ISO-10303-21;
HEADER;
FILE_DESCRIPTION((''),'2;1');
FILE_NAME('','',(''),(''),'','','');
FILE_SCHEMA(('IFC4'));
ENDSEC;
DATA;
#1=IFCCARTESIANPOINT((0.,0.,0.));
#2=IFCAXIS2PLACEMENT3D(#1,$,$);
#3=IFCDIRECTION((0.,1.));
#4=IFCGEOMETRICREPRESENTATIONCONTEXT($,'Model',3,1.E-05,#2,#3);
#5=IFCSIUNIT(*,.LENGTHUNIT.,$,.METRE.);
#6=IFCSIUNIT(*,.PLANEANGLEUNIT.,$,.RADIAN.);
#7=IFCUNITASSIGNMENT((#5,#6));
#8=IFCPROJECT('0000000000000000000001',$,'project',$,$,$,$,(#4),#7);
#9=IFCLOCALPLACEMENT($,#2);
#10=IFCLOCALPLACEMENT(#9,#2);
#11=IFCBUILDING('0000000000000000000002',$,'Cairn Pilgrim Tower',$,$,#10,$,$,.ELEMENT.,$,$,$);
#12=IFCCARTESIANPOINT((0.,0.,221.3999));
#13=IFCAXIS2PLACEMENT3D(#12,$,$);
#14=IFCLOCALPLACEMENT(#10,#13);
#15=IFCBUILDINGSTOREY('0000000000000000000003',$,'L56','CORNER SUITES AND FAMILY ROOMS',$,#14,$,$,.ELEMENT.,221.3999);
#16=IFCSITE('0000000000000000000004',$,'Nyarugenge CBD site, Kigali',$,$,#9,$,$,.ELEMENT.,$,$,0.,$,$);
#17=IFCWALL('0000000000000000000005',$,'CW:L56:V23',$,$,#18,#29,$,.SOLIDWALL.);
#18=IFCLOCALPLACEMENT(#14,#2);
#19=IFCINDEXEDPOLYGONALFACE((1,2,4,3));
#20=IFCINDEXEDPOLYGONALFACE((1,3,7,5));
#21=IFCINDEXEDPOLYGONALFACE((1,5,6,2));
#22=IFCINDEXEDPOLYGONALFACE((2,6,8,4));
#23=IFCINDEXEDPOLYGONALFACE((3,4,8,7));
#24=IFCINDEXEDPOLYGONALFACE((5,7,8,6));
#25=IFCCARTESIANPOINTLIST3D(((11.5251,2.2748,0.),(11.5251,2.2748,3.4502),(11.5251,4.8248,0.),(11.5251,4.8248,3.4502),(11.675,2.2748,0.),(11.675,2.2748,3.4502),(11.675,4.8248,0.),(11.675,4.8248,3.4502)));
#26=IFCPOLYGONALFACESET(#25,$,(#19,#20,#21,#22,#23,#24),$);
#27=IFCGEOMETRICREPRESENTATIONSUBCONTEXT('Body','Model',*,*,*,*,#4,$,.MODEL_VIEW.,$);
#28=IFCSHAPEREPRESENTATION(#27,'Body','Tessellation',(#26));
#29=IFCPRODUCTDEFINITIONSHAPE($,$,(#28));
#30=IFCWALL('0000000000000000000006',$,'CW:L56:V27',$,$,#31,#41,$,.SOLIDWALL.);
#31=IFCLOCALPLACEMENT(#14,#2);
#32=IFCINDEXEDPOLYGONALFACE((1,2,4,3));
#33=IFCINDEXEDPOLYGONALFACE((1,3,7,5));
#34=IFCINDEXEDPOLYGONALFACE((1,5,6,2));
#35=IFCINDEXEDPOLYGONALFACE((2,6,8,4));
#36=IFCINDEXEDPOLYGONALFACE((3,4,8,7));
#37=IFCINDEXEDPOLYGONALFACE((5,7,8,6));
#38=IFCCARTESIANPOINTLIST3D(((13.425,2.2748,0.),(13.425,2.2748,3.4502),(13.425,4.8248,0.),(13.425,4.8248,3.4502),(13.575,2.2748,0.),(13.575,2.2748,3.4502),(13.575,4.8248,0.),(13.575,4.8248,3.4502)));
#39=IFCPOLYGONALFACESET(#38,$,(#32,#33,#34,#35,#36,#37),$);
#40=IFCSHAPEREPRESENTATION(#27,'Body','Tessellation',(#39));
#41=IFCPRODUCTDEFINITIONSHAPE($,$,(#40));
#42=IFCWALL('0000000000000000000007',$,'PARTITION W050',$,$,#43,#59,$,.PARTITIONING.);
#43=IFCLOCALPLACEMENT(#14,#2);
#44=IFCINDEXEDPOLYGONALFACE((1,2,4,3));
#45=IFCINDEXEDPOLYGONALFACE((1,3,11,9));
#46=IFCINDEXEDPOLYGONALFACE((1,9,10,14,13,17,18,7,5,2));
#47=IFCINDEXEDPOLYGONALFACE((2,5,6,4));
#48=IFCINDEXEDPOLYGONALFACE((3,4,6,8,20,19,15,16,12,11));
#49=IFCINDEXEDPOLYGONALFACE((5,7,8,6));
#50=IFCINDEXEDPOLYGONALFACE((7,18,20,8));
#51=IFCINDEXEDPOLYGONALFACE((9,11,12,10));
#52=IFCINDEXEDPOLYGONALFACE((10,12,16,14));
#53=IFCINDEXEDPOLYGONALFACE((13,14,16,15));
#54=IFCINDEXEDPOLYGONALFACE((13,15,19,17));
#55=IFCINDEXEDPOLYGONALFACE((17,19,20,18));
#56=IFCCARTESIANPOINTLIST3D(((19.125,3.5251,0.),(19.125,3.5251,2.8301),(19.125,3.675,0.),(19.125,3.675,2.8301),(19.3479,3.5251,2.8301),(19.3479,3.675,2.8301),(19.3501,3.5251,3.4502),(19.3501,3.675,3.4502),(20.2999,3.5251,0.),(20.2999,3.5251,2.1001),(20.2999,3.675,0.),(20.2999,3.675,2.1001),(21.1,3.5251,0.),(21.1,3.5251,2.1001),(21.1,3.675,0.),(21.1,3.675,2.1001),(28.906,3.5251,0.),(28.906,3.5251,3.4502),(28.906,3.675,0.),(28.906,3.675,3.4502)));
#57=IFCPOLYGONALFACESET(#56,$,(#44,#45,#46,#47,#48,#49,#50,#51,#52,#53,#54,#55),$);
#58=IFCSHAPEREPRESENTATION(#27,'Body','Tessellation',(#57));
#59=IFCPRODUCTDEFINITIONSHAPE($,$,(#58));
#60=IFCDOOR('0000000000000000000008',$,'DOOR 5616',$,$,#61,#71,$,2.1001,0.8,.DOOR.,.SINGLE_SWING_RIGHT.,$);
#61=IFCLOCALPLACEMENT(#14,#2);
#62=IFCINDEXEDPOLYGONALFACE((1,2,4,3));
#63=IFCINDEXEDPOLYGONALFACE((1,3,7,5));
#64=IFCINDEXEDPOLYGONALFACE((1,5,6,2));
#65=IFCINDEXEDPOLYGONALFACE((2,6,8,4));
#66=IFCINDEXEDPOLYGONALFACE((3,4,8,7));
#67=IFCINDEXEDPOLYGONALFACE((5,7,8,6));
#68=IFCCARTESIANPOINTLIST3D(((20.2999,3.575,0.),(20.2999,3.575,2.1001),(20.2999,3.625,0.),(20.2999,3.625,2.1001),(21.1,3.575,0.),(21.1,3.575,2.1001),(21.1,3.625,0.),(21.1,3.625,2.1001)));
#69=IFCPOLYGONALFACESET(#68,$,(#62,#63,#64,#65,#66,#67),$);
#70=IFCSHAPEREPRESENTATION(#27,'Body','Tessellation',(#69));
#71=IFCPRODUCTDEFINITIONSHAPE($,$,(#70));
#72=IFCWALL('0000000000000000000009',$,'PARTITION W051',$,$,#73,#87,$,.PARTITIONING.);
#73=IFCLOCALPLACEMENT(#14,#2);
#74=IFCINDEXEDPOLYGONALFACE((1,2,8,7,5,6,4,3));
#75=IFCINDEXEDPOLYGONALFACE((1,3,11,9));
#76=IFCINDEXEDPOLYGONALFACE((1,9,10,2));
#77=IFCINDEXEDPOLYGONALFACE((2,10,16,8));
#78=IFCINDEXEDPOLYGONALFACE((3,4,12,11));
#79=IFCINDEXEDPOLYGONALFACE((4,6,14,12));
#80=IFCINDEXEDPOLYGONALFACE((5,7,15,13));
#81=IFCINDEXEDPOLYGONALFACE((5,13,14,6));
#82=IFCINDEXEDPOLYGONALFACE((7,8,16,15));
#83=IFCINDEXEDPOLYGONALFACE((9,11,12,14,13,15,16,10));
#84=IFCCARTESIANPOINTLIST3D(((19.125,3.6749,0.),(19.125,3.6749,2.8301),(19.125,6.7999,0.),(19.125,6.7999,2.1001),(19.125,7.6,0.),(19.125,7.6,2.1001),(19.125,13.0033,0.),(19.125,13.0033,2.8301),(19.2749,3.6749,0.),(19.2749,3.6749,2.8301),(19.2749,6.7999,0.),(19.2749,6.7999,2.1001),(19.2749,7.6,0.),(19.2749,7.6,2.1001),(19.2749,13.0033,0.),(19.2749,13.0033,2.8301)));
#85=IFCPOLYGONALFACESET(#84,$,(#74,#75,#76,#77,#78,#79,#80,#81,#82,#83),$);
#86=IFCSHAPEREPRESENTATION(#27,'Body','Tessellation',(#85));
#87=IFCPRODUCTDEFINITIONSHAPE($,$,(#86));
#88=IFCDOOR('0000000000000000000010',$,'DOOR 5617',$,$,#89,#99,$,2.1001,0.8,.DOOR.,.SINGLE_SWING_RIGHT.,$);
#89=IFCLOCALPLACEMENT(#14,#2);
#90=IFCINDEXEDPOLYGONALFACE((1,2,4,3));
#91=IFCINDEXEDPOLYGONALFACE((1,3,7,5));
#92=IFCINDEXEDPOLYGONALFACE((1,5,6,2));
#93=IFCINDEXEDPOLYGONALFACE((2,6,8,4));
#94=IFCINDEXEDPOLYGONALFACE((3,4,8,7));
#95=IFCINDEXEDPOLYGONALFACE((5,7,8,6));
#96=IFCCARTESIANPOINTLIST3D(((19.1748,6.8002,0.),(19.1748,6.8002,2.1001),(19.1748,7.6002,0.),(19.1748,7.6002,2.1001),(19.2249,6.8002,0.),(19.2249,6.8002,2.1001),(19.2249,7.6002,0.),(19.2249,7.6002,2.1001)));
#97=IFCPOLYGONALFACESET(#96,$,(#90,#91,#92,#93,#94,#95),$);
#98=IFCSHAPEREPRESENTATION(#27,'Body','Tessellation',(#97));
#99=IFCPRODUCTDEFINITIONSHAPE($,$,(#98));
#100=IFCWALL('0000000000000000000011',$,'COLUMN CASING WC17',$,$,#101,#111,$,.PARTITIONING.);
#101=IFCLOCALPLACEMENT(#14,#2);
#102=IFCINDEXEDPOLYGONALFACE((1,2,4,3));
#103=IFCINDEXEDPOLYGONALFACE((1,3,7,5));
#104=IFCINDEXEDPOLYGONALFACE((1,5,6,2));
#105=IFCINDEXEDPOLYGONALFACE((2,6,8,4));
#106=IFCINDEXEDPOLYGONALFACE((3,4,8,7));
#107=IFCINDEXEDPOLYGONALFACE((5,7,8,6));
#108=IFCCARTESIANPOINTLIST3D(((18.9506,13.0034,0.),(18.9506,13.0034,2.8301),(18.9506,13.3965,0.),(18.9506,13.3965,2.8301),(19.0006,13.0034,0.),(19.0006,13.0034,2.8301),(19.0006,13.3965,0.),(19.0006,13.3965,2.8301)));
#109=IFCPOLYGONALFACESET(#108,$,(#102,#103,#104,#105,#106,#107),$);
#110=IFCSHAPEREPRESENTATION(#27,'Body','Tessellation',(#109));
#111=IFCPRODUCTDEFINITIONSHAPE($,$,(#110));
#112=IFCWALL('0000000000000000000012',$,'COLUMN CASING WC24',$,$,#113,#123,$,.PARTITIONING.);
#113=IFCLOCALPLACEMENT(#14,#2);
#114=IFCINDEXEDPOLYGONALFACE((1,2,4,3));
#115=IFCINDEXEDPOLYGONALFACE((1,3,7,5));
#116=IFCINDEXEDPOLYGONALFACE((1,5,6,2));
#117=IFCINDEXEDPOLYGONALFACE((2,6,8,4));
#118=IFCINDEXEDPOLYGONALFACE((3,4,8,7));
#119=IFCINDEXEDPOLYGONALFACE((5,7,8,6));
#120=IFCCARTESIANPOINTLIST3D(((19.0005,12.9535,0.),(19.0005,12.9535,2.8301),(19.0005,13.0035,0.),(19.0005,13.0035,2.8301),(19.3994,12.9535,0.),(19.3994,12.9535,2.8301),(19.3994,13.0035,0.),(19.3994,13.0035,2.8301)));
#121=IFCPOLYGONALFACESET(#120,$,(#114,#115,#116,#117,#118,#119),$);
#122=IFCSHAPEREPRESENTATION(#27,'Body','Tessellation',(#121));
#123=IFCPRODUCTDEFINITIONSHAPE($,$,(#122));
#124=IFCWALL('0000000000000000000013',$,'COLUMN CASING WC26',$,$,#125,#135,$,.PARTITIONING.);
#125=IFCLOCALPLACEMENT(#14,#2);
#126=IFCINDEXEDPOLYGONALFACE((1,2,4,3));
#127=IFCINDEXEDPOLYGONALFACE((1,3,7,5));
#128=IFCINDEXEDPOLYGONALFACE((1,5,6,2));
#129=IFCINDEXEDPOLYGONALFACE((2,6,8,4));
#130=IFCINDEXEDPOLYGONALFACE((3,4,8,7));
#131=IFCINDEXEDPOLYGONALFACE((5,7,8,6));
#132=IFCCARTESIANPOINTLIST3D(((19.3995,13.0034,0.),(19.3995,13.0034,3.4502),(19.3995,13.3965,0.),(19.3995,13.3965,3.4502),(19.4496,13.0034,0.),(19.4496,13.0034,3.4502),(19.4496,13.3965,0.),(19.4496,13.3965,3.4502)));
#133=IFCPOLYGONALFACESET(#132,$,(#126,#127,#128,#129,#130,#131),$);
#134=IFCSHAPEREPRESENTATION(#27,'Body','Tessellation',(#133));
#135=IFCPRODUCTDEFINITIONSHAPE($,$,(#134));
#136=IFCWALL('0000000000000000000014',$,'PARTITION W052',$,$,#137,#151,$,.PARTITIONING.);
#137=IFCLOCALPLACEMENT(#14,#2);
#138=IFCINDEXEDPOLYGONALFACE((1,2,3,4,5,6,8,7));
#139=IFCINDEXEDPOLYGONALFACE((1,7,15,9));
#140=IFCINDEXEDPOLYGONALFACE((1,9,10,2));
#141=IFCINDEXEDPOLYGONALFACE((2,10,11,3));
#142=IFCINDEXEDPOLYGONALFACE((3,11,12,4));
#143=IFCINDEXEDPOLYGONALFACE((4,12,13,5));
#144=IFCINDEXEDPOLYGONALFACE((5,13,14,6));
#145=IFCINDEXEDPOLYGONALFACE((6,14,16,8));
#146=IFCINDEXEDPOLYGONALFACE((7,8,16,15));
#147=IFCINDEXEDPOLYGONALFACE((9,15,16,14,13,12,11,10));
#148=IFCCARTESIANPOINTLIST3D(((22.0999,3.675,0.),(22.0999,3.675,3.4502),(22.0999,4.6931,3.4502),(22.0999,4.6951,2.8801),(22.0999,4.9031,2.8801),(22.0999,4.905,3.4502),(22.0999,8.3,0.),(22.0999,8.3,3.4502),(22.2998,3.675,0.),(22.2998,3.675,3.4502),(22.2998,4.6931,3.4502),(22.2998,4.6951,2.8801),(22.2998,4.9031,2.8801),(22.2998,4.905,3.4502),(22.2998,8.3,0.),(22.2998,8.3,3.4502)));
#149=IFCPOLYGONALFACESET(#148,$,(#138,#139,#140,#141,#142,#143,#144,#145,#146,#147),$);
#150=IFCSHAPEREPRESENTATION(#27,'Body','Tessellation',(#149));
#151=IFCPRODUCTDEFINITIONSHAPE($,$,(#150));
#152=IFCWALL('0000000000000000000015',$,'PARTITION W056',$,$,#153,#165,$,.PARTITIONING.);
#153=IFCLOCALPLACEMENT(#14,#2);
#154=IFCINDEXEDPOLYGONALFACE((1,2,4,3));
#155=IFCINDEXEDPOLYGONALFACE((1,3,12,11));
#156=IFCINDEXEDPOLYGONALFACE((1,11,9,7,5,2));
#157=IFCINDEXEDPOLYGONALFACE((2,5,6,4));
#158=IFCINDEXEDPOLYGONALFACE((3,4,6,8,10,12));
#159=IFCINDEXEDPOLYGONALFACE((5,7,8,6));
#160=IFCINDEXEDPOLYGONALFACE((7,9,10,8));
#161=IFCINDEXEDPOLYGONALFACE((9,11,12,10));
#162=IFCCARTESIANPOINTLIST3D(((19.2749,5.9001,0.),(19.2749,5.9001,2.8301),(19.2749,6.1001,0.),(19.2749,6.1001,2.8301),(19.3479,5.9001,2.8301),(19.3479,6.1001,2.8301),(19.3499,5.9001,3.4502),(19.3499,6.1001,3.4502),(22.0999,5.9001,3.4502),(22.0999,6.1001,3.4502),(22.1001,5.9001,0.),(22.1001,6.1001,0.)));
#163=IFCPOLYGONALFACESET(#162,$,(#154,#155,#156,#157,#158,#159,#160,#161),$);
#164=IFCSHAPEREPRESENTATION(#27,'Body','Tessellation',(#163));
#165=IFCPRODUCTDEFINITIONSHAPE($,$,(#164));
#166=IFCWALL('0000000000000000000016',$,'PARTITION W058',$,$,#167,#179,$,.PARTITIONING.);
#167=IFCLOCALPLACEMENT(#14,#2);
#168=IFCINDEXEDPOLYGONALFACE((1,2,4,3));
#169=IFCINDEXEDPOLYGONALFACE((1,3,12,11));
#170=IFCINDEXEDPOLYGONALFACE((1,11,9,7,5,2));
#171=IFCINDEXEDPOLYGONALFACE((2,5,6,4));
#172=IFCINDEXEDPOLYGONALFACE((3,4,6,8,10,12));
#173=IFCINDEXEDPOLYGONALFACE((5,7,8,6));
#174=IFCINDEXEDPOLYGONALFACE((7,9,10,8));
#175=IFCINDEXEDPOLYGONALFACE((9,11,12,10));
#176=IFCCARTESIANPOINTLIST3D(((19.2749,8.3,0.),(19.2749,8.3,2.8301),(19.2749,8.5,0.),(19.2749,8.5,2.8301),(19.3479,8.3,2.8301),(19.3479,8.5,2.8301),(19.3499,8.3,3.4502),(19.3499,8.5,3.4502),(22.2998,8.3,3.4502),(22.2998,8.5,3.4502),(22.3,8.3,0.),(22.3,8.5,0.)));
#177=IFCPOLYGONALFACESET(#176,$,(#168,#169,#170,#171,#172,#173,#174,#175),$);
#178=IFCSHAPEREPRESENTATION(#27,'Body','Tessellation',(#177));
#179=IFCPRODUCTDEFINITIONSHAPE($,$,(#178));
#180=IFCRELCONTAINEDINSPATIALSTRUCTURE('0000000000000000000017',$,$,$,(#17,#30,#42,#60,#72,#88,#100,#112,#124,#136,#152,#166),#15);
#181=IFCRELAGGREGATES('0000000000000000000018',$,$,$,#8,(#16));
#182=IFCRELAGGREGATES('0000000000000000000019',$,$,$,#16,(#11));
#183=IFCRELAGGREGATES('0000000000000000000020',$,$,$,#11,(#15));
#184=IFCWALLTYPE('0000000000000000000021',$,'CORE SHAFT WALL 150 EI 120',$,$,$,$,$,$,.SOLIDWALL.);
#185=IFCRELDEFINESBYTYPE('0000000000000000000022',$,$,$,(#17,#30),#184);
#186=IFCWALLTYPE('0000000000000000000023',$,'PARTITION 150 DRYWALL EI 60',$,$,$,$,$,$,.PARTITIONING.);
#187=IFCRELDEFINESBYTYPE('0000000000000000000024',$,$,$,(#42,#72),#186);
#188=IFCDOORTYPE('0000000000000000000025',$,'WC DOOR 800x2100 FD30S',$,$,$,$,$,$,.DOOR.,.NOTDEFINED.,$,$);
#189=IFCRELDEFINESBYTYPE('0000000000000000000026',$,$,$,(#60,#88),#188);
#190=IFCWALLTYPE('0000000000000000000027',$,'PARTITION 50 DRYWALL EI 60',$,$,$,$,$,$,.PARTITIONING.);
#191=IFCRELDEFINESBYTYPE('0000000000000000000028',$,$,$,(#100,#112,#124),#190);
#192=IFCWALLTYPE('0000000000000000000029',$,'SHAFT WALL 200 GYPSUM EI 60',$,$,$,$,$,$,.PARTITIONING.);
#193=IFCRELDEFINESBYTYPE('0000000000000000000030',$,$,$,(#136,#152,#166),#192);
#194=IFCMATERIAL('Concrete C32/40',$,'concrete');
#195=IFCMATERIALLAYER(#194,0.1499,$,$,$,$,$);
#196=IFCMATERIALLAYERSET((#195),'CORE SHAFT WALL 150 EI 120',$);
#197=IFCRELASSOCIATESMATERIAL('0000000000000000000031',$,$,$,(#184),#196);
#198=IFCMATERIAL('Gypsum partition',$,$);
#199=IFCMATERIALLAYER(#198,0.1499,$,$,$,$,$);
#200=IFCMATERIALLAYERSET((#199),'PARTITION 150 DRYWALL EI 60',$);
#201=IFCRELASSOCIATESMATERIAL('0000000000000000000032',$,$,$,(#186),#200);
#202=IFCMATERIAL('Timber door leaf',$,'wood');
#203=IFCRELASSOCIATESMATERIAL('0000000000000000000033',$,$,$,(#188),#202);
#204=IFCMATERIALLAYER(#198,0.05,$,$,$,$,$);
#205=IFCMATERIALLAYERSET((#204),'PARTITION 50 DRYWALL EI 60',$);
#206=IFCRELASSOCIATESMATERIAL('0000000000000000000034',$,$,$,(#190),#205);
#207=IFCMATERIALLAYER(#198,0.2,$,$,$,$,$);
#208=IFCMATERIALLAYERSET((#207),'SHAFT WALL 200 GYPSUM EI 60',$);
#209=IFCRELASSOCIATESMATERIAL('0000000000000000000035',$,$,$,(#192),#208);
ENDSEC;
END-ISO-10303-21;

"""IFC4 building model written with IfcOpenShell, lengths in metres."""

from ifc_helpers import new_model, si_unit, direction, frame, frame_2d, origin, place, context, subcontext, project, spatial, polyline, rectangle, outline, extrude, material, layer, layer_set, type_object, element, fill, save


model = new_model("IFC4")

# Units and contexts
model_context = context("Model", 3, precision=1e-05, world=origin(), true_north=direction((0.0, 1.0)))
body_context = subcontext(model_context, "Body", "Model", "MODEL_VIEW")
ifc_project = project(units=[si_unit("LENGTHUNIT", "METRE"), si_unit("PLANEANGLEUNIT", "RADIAN")], contexts=[model_context])

# Site, building, storey
site_placement = place(None, origin())
site = spatial("IfcSite", under=ifc_project, at=site_placement, Name="Nyarugenge CBD site, Kigali", CompositionType="ELEMENT", RefElevation=0.0)
building_placement = place(site_placement, origin())
building = spatial("IfcBuilding", under=site, at=building_placement, Name="Cairn Pilgrim Tower", CompositionType="ELEMENT")
storey_placement = place(building_placement, frame((0.0, 0.0, 221.3999)))
storey = spatial("IfcBuildingStorey", under=building, at=storey_placement, Name="L56", Description="CORNER SUITES AND FAMILY ROOMS", CompositionType="ELEMENT", Elevation=221.3999)

# Shared definitions
ifc_material_1 = material(Name="Concrete C32/40", Category="concrete")

# Shared definitions
ifc_layer_1 = layer(ifc_material_1, 0.1499)
ifc_layer_set_1 = layer_set([ifc_layer_1], Name="CORE SHAFT WALL 150 EI 120")
wall_type_1 = type_object("IfcWallType", Name="CORE SHAFT WALL 150 EI 120", PredefinedType="SOLIDWALL", material=ifc_layer_set_1)

# Walls
for number, where, z_axis, x_axis, name in (
    (1, (11.6001, 2.2749, 0.0), (0.0, 0.0, 1.0), (0.0, 1.0, 0.0), "CW:L56:V23"),
    (2, (13.5, 2.2749, 0.0), (0.0, 0.0, 1.0), (0.0, 1.0, 0.0), "CW:L56:V27"),
):
    element("IfcWall", number, at=place(storey_placement, frame(where, z_axis=z_axis, x_axis=x_axis)), inside=storey, type_object=wall_type_1, Name=name, PredefinedType="SOLIDWALL", context=body_context, shape_type="SweptSolid", body=[
        extrude(rectangle(XDim=2.55, YDim=0.1499, at=frame_2d((1.2749, 0.0))), origin(), (0.0, 0.0, 1.0), 3.4502),
    ])

# Walls, openings, doors
ifc_material_2 = material(Name="Gypsum partition")
ifc_layer_2 = layer(ifc_material_2, 0.1499)
ifc_layer_set_2 = layer_set([ifc_layer_2], Name="PARTITION 150 DRYWALL EI 60")
wall_type_2 = type_object("IfcWallType", Name="PARTITION 150 DRYWALL EI 60", PredefinedType="PARTITIONING", material=ifc_layer_set_2)
wall_1_placement = place(storey_placement, frame((19.125, 3.6001, 0.0), z_axis=(0.0, 0.0, 1.0), x_axis=(1.0, 0.0, 0.0)))
wall_1 = element("IfcWall", 3, at=wall_1_placement, inside=storey, type_object=wall_type_2, Name="PARTITION W050", PredefinedType="PARTITIONING", context=body_context, shape_type="SweptSolid", body=[
    extrude(outline(polyline([(0.0, 0.0), (9.781, 0.0), (9.781, 3.4502), (0.2251, 3.4502), (0.2229, 2.8301), (0.0, 2.8301), (0.0, 0.0)])), frame((0.0, 0.075, 0.0), z_axis=(0.0, -1.0, 0.0), x_axis=(1.0, 0.0, 0.0)), (0.0, 0.0, 1.0), 0.1499),
])
opening_1_placement = place(wall_1_placement, frame((1.175, 0.0, 0.0)))
opening_1 = element("IfcOpeningElement", 4, at=opening_1_placement, cuts=wall_1, PredefinedType="OPENING", context=body_context, shape_type="SweptSolid", body=[
    extrude(rectangle(XDim=0.8, YDim=2.1001, at=frame_2d((0.3999, 1.05))), frame((0.0, 0.085, 0.0), z_axis=(0.0, -1.0, 0.0), x_axis=(1.0, 0.0, 0.0)), (0.0, 0.0, 1.0), 0.1699),
])
ifc_material_3 = material(Name="Timber door leaf", Category="wood")
door_type_1 = type_object("IfcDoorType", Name="WC DOOR 800x2100 FD30S", OperationType="NOTDEFINED", PredefinedType="DOOR", material=ifc_material_3)
door_1_placement = place(opening_1_placement, origin())
door_1 = element("IfcDoor", 5, at=door_1_placement, inside=storey, type_object=door_type_1, Name="DOOR 5616", OperationType="SINGLE_SWING_RIGHT", OverallHeight=2.1001, OverallWidth=0.8, PredefinedType="DOOR", context=body_context, shape_type="SweptSolid", body=[
    extrude(rectangle(XDim=0.8, YDim=2.1001, at=frame_2d((0.3999, 1.05))), frame((0.0, 0.0249, 0.0), z_axis=(0.0, -1.0, 0.0), x_axis=(1.0, 0.0, 0.0)), (0.0, 0.0, 1.0), 0.05),
])
fill(opening_1, door_1)
wall_2_placement = place(storey_placement, frame((19.2, 3.675, 0.0), z_axis=(0.0, 0.0, 1.0), x_axis=(0.0, 1.0, 0.0)))
wall_2 = element("IfcWall", 6, at=wall_2_placement, inside=storey, type_object=wall_type_2, Name="PARTITION W051", PredefinedType="PARTITIONING", context=body_context, shape_type="SweptSolid", body=[
    extrude(rectangle(XDim=9.3284, YDim=0.1499, at=frame_2d((4.6641, 0.0))), origin(), (0.0, 0.0, 1.0), 2.8301),
])
opening_2_placement = place(wall_2_placement, frame((3.125, 0.0, 0.0)))
opening_2 = element("IfcOpeningElement", 7, at=opening_2_placement, cuts=wall_2, PredefinedType="OPENING", context=body_context, shape_type="SweptSolid", body=[
    extrude(rectangle(XDim=0.8, YDim=2.1001, at=frame_2d((0.3999, 1.05))), frame((0.0, 0.085, 0.0), z_axis=(0.0, -1.0, 0.0), x_axis=(1.0, 0.0, 0.0)), (0.0, 0.0, 1.0), 0.1699),
])
door_2_placement = place(opening_2_placement, frame((0.8, 0.0, 0.0), z_axis=(0.0, 0.0, 1.0), x_axis=(-1.0, 0.0, 0.0)))
door_2 = element("IfcDoor", 8, at=door_2_placement, inside=storey, type_object=door_type_1, Name="DOOR 5617", OperationType="SINGLE_SWING_RIGHT", OverallHeight=2.1001, OverallWidth=0.8, PredefinedType="DOOR", context=body_context, shape_type="SweptSolid", body=[
    extrude(rectangle(XDim=0.8, YDim=2.1001, at=frame_2d((0.3999, 1.05))), frame((0.0, 0.0249, 0.0), z_axis=(0.0, -1.0, 0.0), x_axis=(1.0, 0.0, 0.0)), (0.0, 0.0, 1.0), 0.05),
])
fill(opening_2, door_2)

# Walls
ifc_layer_3 = layer(ifc_material_2, 0.05)
ifc_layer_set_3 = layer_set([ifc_layer_3], Name="PARTITION 50 DRYWALL EI 60")
wall_type_3 = type_object("IfcWallType", Name="PARTITION 50 DRYWALL EI 60", PredefinedType="PARTITIONING", material=ifc_layer_set_3)
wall_3_placement = place(storey_placement, frame((18.9756, 13.0034, 0.0), z_axis=(0.0, 0.0, 1.0), x_axis=(0.0, 1.0, 0.0)))
element("IfcWall", 9, at=wall_3_placement, inside=storey, type_object=wall_type_3, Name="COLUMN CASING WC17", PredefinedType="PARTITIONING", context=body_context, shape_type="SweptSolid", body=[
    extrude(rectangle(XDim=0.3931, YDim=0.05, at=frame_2d((0.1965, 0.0))), origin(), (0.0, 0.0, 1.0), 2.8301),
])
wall_4_placement = place(storey_placement, frame((19.0005, 12.9785, 0.0), z_axis=(0.0, 0.0, 1.0), x_axis=(1.0, 0.0, 0.0)))
element("IfcWall", 10, at=wall_4_placement, inside=storey, type_object=wall_type_3, Name="COLUMN CASING WC24", PredefinedType="PARTITIONING", context=body_context, shape_type="SweptSolid", body=[
    extrude(rectangle(XDim=0.3989, YDim=0.05, at=frame_2d((0.1995, 0.0))), origin(), (0.0, 0.0, 1.0), 2.8301),
])
wall_5_placement = place(storey_placement, frame((19.4246, 13.0034, 0.0), z_axis=(0.0, 0.0, 1.0), x_axis=(0.0, 1.0, 0.0)))
element("IfcWall", 11, at=wall_5_placement, inside=storey, type_object=wall_type_3, Name="COLUMN CASING WC26", PredefinedType="PARTITIONING", context=body_context, shape_type="SweptSolid", body=[
    extrude(rectangle(XDim=0.3931, YDim=0.05, at=frame_2d((0.1965, 0.0))), origin(), (0.0, 0.0, 1.0), 3.4502),
])
ifc_layer_4 = layer(ifc_material_2, 0.2)
ifc_layer_set_4 = layer_set([ifc_layer_4], Name="SHAFT WALL 200 GYPSUM EI 60")
wall_type_4 = type_object("IfcWallType", Name="SHAFT WALL 200 GYPSUM EI 60", PredefinedType="PARTITIONING", material=ifc_layer_set_4)
wall_6_placement = place(storey_placement, frame((22.2, 3.675, 0.0), z_axis=(0.0, 0.0, 1.0), x_axis=(0.0, 1.0, 0.0)))
element("IfcWall", 12, at=wall_6_placement, inside=storey, type_object=wall_type_4, Name="PARTITION W052", PredefinedType="PARTITIONING", context=body_context, shape_type="SweptSolid", body=[
    extrude(outline(polyline([(0.0, 0.0), (4.625, 0.0), (4.625, 3.4502), (1.23, 3.4502), (1.228, 2.8801), (1.02, 2.8801), (1.0181, 3.4502), (0.0, 3.4502), (0.0, 0.0)])), frame((0.0, 0.1001, 0.0), z_axis=(0.0, -1.0, 0.0), x_axis=(1.0, 0.0, 0.0)), (0.0, 0.0, 1.0), 0.2),
])
wall_7_placement = place(storey_placement, frame((19.2749, 6.0, 0.0), z_axis=(0.0, 0.0, 1.0), x_axis=(1.0, 0.0, 0.0)))
element("IfcWall", 13, at=wall_7_placement, inside=storey, type_object=wall_type_4, Name="PARTITION W056", PredefinedType="PARTITIONING", context=body_context, shape_type="SweptSolid", body=[
    extrude(outline(polyline([(0.0, 0.0), (2.8252, 0.0), (2.825, 3.4502), (0.075, 3.4502), (0.073, 2.8301), (0.0, 2.8301), (0.0, 0.0)])), frame((0.0, 0.1001, 0.0), z_axis=(0.0, -1.0, 0.0), x_axis=(1.0, 0.0, 0.0)), (0.0, 0.0, 1.0), 0.2),
])
wall_8_placement = place(storey_placement, frame((19.2749, 8.3999, 0.0), z_axis=(0.0, 0.0, 1.0), x_axis=(1.0, 0.0, 0.0)))
element("IfcWall", 14, at=wall_8_placement, inside=storey, type_object=wall_type_4, Name="PARTITION W058", PredefinedType="PARTITIONING", context=body_context, shape_type="SweptSolid", body=[
    extrude(outline(polyline([(0.0, 0.0), (3.0251, 0.0), (3.0249, 3.4502), (0.075, 3.4502), (0.073, 2.8301), (0.0, 2.8301), (0.0, 0.0)])), frame((0.0, 0.1001, 0.0), z_axis=(0.0, -1.0, 0.0), x_axis=(1.0, 0.0, 0.0)), (0.0, 0.0, 1.0), 0.2),
])

save(model, "model.ifc")
